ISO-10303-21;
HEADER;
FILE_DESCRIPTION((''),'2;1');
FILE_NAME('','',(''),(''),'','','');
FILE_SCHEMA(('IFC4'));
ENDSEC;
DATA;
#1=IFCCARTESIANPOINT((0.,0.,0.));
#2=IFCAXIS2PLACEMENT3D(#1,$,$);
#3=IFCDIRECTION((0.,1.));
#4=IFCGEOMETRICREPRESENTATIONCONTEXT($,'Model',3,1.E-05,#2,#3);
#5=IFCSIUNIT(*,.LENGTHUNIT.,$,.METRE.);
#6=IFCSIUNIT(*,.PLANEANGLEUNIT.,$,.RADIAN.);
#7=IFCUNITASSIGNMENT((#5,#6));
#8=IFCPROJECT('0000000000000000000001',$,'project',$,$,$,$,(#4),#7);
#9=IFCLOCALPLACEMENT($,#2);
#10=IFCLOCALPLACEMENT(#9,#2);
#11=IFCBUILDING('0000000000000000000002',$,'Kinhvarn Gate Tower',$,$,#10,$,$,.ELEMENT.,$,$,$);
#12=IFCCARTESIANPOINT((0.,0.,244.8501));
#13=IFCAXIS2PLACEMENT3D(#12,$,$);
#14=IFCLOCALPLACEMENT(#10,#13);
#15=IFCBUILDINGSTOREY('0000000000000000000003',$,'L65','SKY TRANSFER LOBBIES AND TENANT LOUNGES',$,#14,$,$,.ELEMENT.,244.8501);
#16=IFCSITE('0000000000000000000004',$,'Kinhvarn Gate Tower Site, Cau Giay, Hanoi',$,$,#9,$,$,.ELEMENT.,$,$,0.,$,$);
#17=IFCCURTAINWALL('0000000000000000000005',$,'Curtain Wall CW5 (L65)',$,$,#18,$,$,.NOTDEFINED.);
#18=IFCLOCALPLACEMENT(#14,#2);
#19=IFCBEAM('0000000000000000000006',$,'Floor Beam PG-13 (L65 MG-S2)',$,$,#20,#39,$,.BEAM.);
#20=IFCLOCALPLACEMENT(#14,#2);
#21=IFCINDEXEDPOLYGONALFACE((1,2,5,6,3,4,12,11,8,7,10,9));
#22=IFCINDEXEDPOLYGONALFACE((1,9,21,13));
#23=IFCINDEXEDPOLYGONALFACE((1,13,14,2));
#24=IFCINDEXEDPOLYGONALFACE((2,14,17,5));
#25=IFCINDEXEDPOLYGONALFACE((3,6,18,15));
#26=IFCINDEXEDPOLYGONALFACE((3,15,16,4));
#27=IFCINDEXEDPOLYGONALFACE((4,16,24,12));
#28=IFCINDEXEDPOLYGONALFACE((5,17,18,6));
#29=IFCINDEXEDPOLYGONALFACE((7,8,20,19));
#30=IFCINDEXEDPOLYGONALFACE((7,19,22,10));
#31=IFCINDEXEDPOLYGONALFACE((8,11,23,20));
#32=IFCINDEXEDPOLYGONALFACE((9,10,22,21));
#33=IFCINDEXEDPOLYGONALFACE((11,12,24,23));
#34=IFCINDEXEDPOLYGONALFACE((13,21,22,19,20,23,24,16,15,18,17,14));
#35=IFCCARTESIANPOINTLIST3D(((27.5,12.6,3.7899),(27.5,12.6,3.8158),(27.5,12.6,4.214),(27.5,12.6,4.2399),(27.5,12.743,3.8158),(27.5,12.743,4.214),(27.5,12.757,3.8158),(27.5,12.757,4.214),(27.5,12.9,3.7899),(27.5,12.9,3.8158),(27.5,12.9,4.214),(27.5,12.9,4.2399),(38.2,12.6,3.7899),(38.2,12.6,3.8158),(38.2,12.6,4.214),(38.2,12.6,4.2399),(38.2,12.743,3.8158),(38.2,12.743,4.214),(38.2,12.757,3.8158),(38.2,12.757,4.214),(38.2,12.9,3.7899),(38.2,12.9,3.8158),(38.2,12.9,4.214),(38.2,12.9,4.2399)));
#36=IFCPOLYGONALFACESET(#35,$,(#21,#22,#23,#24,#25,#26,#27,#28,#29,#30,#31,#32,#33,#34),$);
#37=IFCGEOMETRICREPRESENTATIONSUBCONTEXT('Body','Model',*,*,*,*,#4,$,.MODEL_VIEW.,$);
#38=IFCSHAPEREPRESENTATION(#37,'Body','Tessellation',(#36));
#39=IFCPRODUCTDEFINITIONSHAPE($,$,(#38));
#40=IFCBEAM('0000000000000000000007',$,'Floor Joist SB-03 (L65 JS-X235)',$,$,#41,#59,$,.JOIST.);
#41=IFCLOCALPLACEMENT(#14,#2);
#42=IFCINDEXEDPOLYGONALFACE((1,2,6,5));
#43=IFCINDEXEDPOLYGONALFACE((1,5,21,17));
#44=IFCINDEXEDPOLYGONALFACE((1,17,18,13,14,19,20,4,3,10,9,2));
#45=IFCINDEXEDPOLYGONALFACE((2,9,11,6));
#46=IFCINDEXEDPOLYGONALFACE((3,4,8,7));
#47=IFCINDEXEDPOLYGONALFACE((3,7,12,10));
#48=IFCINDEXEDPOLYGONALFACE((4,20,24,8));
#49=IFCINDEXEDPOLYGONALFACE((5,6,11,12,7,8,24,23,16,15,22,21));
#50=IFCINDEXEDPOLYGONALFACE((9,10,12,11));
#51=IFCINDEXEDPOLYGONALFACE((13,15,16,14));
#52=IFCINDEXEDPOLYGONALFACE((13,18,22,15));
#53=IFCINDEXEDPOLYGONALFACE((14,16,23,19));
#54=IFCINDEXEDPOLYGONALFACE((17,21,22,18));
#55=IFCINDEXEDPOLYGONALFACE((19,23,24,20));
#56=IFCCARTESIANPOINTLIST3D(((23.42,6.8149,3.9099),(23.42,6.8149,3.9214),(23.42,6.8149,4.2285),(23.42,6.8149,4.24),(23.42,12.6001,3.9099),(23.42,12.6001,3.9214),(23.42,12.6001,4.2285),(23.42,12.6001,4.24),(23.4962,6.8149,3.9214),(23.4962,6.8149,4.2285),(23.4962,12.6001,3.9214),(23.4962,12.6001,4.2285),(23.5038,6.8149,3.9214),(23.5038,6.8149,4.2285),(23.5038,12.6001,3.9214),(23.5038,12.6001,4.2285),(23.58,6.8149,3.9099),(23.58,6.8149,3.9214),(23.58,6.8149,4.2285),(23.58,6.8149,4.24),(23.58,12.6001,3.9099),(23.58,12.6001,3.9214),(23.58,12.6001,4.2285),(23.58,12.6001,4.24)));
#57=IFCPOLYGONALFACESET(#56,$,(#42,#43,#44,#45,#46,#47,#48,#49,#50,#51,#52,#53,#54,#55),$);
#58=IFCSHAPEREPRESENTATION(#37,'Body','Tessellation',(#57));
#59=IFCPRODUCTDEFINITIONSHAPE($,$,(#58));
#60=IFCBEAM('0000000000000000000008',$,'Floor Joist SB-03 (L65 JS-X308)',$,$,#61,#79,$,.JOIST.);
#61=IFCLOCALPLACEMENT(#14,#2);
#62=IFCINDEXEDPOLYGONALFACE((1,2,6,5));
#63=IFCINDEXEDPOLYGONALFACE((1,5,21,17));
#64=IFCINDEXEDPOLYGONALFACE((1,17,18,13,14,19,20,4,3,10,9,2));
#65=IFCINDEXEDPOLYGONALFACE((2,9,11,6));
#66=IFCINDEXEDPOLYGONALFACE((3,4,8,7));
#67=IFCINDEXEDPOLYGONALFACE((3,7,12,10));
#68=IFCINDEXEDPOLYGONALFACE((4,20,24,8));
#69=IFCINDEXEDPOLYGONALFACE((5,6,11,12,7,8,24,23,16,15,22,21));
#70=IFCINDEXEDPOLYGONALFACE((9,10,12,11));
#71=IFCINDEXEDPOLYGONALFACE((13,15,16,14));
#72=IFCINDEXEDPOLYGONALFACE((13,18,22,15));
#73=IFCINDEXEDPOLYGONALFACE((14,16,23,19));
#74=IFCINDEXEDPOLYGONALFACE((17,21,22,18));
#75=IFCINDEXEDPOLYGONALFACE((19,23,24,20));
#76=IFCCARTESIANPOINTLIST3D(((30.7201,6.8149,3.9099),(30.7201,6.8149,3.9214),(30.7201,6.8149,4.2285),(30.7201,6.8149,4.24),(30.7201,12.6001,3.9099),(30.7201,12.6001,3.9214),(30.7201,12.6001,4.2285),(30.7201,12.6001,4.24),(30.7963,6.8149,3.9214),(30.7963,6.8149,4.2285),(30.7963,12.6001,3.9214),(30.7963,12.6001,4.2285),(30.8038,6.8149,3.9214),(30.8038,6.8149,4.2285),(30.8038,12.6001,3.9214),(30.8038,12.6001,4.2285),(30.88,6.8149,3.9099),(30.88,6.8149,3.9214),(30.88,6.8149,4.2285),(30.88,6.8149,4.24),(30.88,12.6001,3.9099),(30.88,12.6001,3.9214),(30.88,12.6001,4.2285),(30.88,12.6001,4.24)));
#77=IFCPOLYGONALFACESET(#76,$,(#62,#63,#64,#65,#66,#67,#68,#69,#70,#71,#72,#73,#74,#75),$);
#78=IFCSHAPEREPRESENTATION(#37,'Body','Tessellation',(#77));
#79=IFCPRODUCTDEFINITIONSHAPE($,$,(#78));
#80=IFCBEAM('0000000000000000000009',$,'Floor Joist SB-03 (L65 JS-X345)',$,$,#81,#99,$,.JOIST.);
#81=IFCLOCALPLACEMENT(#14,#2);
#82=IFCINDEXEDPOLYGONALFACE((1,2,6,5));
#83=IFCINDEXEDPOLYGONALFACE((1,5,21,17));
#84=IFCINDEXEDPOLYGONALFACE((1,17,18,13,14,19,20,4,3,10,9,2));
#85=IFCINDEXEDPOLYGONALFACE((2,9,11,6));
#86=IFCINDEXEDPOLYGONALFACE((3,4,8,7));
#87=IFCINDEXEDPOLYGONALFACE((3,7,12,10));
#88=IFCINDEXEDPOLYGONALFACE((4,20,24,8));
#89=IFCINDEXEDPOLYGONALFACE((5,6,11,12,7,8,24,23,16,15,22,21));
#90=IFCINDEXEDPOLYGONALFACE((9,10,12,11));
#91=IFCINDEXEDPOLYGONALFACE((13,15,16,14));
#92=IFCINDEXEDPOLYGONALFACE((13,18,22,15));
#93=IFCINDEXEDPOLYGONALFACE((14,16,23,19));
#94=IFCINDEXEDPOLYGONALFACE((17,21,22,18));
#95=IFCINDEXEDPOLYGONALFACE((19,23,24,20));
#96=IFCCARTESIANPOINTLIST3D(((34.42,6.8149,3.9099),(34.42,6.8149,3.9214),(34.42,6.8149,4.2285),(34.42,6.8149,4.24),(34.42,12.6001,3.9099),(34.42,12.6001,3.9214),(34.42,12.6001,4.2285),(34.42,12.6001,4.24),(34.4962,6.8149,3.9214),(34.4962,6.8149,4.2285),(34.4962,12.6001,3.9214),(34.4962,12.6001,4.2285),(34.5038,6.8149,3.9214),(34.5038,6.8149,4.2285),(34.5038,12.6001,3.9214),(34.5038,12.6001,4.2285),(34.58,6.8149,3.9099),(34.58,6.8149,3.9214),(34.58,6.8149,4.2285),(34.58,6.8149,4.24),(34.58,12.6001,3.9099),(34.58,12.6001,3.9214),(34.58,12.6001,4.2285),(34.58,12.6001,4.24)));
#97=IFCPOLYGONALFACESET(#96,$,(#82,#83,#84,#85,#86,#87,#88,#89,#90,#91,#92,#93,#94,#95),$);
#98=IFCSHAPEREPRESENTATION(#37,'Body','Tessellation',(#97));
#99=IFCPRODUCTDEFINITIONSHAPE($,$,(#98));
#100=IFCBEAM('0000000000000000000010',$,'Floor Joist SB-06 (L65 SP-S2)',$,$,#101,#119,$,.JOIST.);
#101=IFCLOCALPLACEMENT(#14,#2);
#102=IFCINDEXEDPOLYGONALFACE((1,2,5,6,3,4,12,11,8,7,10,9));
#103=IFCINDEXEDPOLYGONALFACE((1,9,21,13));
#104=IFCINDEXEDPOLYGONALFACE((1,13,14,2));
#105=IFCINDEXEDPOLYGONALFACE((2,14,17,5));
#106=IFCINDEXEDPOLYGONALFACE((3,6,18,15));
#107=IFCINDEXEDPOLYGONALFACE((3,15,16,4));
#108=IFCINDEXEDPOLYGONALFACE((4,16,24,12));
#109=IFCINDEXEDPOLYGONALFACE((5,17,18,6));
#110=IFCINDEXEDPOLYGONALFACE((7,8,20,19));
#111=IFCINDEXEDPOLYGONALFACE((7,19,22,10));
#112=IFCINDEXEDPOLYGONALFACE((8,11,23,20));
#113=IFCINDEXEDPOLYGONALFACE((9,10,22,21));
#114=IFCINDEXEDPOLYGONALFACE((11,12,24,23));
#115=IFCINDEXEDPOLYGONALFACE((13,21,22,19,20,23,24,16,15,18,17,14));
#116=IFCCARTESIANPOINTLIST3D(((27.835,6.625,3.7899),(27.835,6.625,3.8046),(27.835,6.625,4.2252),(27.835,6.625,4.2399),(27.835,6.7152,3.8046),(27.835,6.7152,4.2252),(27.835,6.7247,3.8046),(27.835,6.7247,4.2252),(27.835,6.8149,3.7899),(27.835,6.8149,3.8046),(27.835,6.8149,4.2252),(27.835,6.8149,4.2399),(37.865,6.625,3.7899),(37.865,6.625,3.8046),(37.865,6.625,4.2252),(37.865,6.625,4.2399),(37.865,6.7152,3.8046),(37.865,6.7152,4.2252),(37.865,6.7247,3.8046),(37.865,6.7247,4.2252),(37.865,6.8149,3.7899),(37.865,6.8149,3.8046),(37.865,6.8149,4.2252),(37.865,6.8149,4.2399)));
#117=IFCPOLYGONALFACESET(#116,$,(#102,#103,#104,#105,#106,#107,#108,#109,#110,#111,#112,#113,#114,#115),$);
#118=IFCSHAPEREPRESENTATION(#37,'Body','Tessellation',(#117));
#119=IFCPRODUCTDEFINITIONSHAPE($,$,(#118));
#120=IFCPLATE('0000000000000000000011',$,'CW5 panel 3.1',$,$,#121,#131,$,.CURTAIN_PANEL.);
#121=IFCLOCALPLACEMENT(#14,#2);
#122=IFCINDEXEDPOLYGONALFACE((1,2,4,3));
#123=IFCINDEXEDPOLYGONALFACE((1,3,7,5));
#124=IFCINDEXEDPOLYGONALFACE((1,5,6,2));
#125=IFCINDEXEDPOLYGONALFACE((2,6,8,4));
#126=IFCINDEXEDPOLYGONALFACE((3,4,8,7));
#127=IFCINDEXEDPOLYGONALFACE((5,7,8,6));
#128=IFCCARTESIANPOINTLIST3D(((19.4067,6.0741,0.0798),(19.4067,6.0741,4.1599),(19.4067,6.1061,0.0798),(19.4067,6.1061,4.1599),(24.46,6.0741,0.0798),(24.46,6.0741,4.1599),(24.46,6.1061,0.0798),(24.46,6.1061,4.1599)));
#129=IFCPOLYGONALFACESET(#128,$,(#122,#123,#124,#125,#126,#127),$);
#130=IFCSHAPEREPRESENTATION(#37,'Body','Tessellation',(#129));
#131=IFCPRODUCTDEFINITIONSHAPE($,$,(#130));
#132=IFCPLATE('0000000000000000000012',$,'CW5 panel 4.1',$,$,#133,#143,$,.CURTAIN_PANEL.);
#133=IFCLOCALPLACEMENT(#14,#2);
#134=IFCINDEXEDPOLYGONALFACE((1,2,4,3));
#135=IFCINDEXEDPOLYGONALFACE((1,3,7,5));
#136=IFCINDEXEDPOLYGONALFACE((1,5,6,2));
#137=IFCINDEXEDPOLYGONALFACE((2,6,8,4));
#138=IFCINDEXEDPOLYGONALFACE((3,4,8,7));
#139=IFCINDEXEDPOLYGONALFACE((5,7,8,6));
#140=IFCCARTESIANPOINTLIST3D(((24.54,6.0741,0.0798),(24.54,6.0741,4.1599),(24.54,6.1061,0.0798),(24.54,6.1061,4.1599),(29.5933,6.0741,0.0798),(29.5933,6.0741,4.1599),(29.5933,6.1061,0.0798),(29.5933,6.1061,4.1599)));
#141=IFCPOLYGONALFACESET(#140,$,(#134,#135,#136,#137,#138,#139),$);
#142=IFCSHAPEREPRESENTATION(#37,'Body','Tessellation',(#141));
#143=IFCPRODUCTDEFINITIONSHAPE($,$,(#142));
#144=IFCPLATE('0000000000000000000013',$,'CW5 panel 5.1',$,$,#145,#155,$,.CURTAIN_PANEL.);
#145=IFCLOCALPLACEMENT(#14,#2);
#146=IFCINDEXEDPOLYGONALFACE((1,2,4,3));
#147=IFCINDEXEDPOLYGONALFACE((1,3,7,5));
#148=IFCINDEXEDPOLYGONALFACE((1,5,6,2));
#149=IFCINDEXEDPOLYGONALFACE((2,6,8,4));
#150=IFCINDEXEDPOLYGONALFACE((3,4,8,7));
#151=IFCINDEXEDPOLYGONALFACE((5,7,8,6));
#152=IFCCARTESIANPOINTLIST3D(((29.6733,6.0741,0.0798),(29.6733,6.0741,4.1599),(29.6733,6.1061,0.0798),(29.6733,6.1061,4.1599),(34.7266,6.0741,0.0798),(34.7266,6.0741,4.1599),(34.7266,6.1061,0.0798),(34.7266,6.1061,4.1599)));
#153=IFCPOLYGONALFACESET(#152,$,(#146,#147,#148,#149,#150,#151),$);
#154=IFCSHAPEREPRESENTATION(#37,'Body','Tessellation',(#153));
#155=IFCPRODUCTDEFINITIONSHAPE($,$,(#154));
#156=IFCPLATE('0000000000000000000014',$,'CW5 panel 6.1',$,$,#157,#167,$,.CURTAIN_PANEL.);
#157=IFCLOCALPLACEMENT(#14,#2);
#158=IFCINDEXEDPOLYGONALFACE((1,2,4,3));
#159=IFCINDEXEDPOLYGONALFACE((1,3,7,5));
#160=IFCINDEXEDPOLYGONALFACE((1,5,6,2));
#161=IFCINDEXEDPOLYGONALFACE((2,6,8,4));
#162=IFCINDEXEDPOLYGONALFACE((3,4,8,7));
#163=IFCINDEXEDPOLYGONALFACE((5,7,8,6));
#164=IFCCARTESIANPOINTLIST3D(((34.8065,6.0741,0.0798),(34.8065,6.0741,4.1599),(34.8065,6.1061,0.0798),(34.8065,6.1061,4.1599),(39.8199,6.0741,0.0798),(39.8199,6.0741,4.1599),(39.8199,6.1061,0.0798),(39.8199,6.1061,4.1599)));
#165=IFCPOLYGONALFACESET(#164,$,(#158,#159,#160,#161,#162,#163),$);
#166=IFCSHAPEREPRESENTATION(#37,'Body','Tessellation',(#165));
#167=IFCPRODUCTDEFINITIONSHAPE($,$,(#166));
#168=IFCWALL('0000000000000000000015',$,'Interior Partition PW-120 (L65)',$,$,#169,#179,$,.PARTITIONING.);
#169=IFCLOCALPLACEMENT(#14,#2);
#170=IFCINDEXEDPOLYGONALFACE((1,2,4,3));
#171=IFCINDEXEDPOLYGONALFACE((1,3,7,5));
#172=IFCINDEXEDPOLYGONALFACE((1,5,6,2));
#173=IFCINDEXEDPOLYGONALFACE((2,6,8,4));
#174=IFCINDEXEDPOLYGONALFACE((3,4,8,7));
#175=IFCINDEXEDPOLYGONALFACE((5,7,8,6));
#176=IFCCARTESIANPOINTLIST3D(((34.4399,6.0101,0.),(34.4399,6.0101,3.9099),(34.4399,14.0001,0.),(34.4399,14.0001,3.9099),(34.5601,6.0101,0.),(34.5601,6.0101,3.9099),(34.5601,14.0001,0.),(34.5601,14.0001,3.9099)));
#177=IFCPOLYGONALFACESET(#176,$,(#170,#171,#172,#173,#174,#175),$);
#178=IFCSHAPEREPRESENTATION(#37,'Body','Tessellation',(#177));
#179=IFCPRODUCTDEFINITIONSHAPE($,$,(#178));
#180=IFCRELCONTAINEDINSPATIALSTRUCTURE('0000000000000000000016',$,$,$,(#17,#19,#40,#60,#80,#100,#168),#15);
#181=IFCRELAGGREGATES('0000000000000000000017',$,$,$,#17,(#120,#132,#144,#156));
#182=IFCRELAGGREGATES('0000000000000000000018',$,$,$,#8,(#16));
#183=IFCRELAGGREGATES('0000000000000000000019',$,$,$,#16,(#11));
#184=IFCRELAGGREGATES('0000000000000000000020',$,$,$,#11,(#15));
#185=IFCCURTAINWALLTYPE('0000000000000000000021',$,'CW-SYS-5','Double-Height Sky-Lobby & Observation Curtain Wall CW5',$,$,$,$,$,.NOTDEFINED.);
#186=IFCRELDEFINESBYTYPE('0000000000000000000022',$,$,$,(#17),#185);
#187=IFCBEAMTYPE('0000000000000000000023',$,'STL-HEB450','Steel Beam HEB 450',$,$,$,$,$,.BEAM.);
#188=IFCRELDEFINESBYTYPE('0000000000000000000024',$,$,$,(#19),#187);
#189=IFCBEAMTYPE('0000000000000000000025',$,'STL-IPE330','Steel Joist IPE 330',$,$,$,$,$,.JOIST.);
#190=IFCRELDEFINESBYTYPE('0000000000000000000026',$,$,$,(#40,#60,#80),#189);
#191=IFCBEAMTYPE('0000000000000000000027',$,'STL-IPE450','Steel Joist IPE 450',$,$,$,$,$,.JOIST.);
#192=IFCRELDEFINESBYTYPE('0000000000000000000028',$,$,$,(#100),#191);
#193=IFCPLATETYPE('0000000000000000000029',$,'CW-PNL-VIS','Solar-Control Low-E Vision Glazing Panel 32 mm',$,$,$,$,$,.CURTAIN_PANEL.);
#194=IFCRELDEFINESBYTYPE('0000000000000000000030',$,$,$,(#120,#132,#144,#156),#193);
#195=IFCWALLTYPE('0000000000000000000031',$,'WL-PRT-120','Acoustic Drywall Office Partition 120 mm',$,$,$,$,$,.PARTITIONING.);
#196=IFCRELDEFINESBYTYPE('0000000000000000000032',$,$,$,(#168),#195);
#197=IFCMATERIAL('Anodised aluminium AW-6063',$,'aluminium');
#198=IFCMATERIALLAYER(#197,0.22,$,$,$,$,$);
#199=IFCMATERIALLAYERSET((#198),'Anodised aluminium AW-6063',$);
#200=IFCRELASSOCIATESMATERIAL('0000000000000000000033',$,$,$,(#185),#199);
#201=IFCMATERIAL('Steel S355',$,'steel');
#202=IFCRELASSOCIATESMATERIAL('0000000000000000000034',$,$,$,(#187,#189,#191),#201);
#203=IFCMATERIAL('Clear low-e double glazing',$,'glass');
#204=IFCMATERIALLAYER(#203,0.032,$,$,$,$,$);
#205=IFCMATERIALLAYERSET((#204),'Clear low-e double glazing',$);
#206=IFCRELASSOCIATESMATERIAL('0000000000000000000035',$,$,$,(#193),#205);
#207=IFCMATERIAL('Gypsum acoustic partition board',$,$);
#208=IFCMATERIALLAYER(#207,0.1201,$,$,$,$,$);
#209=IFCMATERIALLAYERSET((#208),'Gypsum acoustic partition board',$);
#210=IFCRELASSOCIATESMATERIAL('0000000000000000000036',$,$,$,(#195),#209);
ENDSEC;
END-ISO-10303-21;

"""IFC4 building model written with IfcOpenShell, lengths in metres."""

from ifc_helpers import new_model, si_unit, direction, frame, frame_2d, origin, origin_2d, place, context, subcontext, project, spatial, rectangle, i_section, extrude, material, layer, layer_set, material_profile, profile_set, type_object, element, aggregate, save


model = new_model("IFC4")

# Units and contexts
model_context = context("Model", 3, precision=1e-05, world=origin(), true_north=direction((0.0, 1.0)))
body_context = subcontext(model_context, "Body", "Model", "MODEL_VIEW")
ifc_project = project(units=[si_unit("LENGTHUNIT", "METRE"), si_unit("PLANEANGLEUNIT", "RADIAN")], contexts=[model_context])

# Site, building, storey
site_placement = place(None, origin())
site = spatial("IfcSite", under=ifc_project, at=site_placement, Name="Kinhvarn Gate Tower Site, Cau Giay, Hanoi", CompositionType="ELEMENT", RefElevation=0.0)
building_placement = place(site_placement, origin())
building = spatial("IfcBuilding", under=site, at=building_placement, Name="Kinhvarn Gate Tower", CompositionType="ELEMENT")
storey_placement = place(building_placement, frame((0.0, 0.0, 244.8501)))
storey = spatial("IfcBuildingStorey", under=building, at=storey_placement, Name="L65", Description="SKY TRANSFER LOBBIES AND TENANT LOUNGES", CompositionType="ELEMENT", Elevation=244.8501)

# Curtain wall
ifc_material_1 = material(Name="Anodised aluminium AW-6063", Category="aluminium")
ifc_layer_1 = layer(ifc_material_1, 0.22)
ifc_layer_set_1 = layer_set([ifc_layer_1], Name="Anodised aluminium AW-6063")
curtain_wall_type = type_object("IfcCurtainWallType", Name="CW-SYS-5", Description="Double-Height Sky-Lobby & Observation Curtain Wall CW5", PredefinedType="NOTDEFINED", material=ifc_layer_set_1)
curtain_wall_placement = place(storey_placement, origin())
curtain_wall = element("IfcCurtainWall", 1, at=curtain_wall_placement, inside=storey, type_object=curtain_wall_type, Name="Curtain Wall CW5 (L65)", PredefinedType="NOTDEFINED")

# Beams
ifc_material_2 = material(Name="Steel S355", Category="steel")
ifc_material_profile_1 = material_profile(ifc_material_2, i_section(OverallWidth=0.3, OverallDepth=0.45, WebThickness=0.0139, FlangeThickness=0.0259, at=origin_2d()), Name="HEB 450")
ifc_profile_set_1 = profile_set([ifc_material_profile_1], Name="Steel S355")
beam_type_1 = type_object("IfcBeamType", Name="STL-HEB450", Description="Steel Beam HEB 450", PredefinedType="BEAM", material=ifc_profile_set_1)
beam_1_placement = place(storey_placement, frame((27.5, 12.75, 4.0149), z_axis=(1.0, 0.0, 0.0), x_axis=(0.0, 1.0, 0.0)))
element("IfcBeam", 2, at=beam_1_placement, inside=storey, type_object=beam_type_1, Name="Floor Beam PG-13 (L65 MG-S2)", PredefinedType="BEAM", context=body_context, shape_type="SweptSolid", body=[
    extrude(i_section(OverallWidth=0.3, OverallDepth=0.45, WebThickness=0.0139, FlangeThickness=0.0259, at=origin_2d()), origin(), (0.0, 0.0, 1.0), 10.7),
])
ifc_material_profile_2 = material_profile(ifc_material_2, i_section(OverallWidth=0.1599, OverallDepth=0.3301, WebThickness=0.0076, FlangeThickness=0.0115, at=origin_2d()), Name="IPE 330")
ifc_profile_set_2 = profile_set([ifc_material_profile_2], Name="Steel S355")
beam_type_2 = type_object("IfcBeamType", Name="STL-IPE330", Description="Steel Joist IPE 330", PredefinedType="JOIST", material=ifc_profile_set_2)
for number, where, z_axis, x_axis, name in (
    (3, (23.5, 6.8149, 4.075), (0.0, 1.0, 0.0), (-1.0, 0.0, 0.0), "Floor Joist SB-03 (L65 JS-X235)"),
    (4, (30.8, 6.8149, 4.075), (0.0, 1.0, 0.0), (-1.0, 0.0, 0.0), "Floor Joist SB-03 (L65 JS-X308)"),
    (5, (34.5, 6.8149, 4.075), (0.0, 1.0, 0.0), (-1.0, 0.0, 0.0), "Floor Joist SB-03 (L65 JS-X345)"),
):
    element("IfcBeam", number, at=place(storey_placement, frame(where, z_axis=z_axis, x_axis=x_axis)), inside=storey, type_object=beam_type_2, Name=name, PredefinedType="JOIST", context=body_context, shape_type="SweptSolid", body=[
        extrude(i_section(OverallWidth=0.1599, OverallDepth=0.3301, WebThickness=0.0076, FlangeThickness=0.0115, at=origin_2d()), origin(), (0.0, 0.0, 1.0), 5.7852),
    ])
ifc_material_profile_3 = material_profile(ifc_material_2, i_section(OverallWidth=0.1899, OverallDepth=0.45, WebThickness=0.0095, FlangeThickness=0.0146, at=origin_2d()), Name="IPE 450")
ifc_profile_set_3 = profile_set([ifc_material_profile_3], Name="Steel S355")
beam_type_3 = type_object("IfcBeamType", Name="STL-IPE450", Description="Steel Joist IPE 450", PredefinedType="JOIST", material=ifc_profile_set_3)
beam_2_placement = place(storey_placement, frame((27.835, 6.72, 4.0149), z_axis=(1.0, 0.0, 0.0), x_axis=(0.0, 1.0, 0.0)))
element("IfcBeam", 6, at=beam_2_placement, inside=storey, type_object=beam_type_3, Name="Floor Joist SB-06 (L65 SP-S2)", PredefinedType="JOIST", context=body_context, shape_type="SweptSolid", body=[
    extrude(i_section(OverallWidth=0.1899, OverallDepth=0.45, WebThickness=0.0095, FlangeThickness=0.0146, at=origin_2d()), origin(), (0.0, 0.0, 1.0), 10.03),
])

# Plates
ifc_material_3 = material(Name="Clear low-e double glazing", Category="glass")
ifc_layer_2 = layer(ifc_material_3, 0.032)
ifc_layer_set_2 = layer_set([ifc_layer_2], Name="Clear low-e double glazing")
plate_type = type_object("IfcPlateType", Name="CW-PNL-VIS", Description="Solar-Control Low-E Vision Glazing Panel 32 mm", PredefinedType="CURTAIN_PANEL", material=ifc_layer_set_2)
plate_1_placement = place(storey_placement, frame((21.9333, 6.0901, 0.0798), z_axis=(0.0, 0.0, 1.0), x_axis=(1.0, 0.0, 0.0)))
plate_1 = element("IfcPlate", 7, at=plate_1_placement, type_object=plate_type, Name="CW5 panel 3.1", PredefinedType="CURTAIN_PANEL", context=body_context, shape_type="SweptSolid", body=[
    extrude(rectangle(XDim=5.0532, YDim=0.032, at=origin_2d()), origin(), (0.0, 0.0, 1.0), 4.0801),
])
plate_2_placement = place(storey_placement, frame((27.0667, 6.0901, 0.0798), z_axis=(0.0, 0.0, 1.0), x_axis=(1.0, 0.0, 0.0)))
plate_2 = element("IfcPlate", 8, at=plate_2_placement, type_object=plate_type, Name="CW5 panel 4.1", PredefinedType="CURTAIN_PANEL", context=body_context, shape_type="SweptSolid", body=[
    extrude(rectangle(XDim=5.0532, YDim=0.032, at=origin_2d()), origin(), (0.0, 0.0, 1.0), 4.0801),
])
plate_3_placement = place(storey_placement, frame((32.2, 6.0901, 0.0798), z_axis=(0.0, 0.0, 1.0), x_axis=(1.0, 0.0, 0.0)))
plate_3 = element("IfcPlate", 9, at=plate_3_placement, type_object=plate_type, Name="CW5 panel 5.1", PredefinedType="CURTAIN_PANEL", context=body_context, shape_type="SweptSolid", body=[
    extrude(rectangle(XDim=5.0532, YDim=0.032, at=origin_2d()), origin(), (0.0, 0.0, 1.0), 4.0801),
])
plate_4_placement = place(storey_placement, frame((37.3132, 6.0901, 0.0798), z_axis=(0.0, 0.0, 1.0), x_axis=(1.0, 0.0, 0.0)))
plate_4 = element("IfcPlate", 10, at=plate_4_placement, type_object=plate_type, Name="CW5 panel 6.1", PredefinedType="CURTAIN_PANEL", context=body_context, shape_type="SweptSolid", body=[
    extrude(rectangle(XDim=5.0134, YDim=0.032, at=origin_2d()), origin(), (0.0, 0.0, 1.0), 4.0801),
])
aggregate(curtain_wall, [plate_1, plate_2, plate_3, plate_4])

# Wall
ifc_material_4 = material(Name="Gypsum acoustic partition board")
ifc_layer_3 = layer(ifc_material_4, 0.1201)
ifc_layer_set_3 = layer_set([ifc_layer_3], Name="Gypsum acoustic partition board")
wall_type = type_object("IfcWallType", Name="WL-PRT-120", Description="Acoustic Drywall Office Partition 120 mm", PredefinedType="PARTITIONING", material=ifc_layer_set_3)
wall_placement = place(storey_placement, frame((34.5, 6.01, 0.0), z_axis=(0.0, 0.0, 1.0), x_axis=(0.0, 1.0, 0.0)))
element("IfcWall", 11, at=wall_placement, inside=storey, type_object=wall_type, Name="Interior Partition PW-120 (L65)", PredefinedType="PARTITIONING", context=body_context, shape_type="SweptSolid", body=[
    extrude(rectangle(XDim=7.99, YDim=0.1201, at=frame_2d((3.9951, 0.0))), origin(), (0.0, 0.0, 1.0), 3.9099),
])

save(model, "model.ifc")
